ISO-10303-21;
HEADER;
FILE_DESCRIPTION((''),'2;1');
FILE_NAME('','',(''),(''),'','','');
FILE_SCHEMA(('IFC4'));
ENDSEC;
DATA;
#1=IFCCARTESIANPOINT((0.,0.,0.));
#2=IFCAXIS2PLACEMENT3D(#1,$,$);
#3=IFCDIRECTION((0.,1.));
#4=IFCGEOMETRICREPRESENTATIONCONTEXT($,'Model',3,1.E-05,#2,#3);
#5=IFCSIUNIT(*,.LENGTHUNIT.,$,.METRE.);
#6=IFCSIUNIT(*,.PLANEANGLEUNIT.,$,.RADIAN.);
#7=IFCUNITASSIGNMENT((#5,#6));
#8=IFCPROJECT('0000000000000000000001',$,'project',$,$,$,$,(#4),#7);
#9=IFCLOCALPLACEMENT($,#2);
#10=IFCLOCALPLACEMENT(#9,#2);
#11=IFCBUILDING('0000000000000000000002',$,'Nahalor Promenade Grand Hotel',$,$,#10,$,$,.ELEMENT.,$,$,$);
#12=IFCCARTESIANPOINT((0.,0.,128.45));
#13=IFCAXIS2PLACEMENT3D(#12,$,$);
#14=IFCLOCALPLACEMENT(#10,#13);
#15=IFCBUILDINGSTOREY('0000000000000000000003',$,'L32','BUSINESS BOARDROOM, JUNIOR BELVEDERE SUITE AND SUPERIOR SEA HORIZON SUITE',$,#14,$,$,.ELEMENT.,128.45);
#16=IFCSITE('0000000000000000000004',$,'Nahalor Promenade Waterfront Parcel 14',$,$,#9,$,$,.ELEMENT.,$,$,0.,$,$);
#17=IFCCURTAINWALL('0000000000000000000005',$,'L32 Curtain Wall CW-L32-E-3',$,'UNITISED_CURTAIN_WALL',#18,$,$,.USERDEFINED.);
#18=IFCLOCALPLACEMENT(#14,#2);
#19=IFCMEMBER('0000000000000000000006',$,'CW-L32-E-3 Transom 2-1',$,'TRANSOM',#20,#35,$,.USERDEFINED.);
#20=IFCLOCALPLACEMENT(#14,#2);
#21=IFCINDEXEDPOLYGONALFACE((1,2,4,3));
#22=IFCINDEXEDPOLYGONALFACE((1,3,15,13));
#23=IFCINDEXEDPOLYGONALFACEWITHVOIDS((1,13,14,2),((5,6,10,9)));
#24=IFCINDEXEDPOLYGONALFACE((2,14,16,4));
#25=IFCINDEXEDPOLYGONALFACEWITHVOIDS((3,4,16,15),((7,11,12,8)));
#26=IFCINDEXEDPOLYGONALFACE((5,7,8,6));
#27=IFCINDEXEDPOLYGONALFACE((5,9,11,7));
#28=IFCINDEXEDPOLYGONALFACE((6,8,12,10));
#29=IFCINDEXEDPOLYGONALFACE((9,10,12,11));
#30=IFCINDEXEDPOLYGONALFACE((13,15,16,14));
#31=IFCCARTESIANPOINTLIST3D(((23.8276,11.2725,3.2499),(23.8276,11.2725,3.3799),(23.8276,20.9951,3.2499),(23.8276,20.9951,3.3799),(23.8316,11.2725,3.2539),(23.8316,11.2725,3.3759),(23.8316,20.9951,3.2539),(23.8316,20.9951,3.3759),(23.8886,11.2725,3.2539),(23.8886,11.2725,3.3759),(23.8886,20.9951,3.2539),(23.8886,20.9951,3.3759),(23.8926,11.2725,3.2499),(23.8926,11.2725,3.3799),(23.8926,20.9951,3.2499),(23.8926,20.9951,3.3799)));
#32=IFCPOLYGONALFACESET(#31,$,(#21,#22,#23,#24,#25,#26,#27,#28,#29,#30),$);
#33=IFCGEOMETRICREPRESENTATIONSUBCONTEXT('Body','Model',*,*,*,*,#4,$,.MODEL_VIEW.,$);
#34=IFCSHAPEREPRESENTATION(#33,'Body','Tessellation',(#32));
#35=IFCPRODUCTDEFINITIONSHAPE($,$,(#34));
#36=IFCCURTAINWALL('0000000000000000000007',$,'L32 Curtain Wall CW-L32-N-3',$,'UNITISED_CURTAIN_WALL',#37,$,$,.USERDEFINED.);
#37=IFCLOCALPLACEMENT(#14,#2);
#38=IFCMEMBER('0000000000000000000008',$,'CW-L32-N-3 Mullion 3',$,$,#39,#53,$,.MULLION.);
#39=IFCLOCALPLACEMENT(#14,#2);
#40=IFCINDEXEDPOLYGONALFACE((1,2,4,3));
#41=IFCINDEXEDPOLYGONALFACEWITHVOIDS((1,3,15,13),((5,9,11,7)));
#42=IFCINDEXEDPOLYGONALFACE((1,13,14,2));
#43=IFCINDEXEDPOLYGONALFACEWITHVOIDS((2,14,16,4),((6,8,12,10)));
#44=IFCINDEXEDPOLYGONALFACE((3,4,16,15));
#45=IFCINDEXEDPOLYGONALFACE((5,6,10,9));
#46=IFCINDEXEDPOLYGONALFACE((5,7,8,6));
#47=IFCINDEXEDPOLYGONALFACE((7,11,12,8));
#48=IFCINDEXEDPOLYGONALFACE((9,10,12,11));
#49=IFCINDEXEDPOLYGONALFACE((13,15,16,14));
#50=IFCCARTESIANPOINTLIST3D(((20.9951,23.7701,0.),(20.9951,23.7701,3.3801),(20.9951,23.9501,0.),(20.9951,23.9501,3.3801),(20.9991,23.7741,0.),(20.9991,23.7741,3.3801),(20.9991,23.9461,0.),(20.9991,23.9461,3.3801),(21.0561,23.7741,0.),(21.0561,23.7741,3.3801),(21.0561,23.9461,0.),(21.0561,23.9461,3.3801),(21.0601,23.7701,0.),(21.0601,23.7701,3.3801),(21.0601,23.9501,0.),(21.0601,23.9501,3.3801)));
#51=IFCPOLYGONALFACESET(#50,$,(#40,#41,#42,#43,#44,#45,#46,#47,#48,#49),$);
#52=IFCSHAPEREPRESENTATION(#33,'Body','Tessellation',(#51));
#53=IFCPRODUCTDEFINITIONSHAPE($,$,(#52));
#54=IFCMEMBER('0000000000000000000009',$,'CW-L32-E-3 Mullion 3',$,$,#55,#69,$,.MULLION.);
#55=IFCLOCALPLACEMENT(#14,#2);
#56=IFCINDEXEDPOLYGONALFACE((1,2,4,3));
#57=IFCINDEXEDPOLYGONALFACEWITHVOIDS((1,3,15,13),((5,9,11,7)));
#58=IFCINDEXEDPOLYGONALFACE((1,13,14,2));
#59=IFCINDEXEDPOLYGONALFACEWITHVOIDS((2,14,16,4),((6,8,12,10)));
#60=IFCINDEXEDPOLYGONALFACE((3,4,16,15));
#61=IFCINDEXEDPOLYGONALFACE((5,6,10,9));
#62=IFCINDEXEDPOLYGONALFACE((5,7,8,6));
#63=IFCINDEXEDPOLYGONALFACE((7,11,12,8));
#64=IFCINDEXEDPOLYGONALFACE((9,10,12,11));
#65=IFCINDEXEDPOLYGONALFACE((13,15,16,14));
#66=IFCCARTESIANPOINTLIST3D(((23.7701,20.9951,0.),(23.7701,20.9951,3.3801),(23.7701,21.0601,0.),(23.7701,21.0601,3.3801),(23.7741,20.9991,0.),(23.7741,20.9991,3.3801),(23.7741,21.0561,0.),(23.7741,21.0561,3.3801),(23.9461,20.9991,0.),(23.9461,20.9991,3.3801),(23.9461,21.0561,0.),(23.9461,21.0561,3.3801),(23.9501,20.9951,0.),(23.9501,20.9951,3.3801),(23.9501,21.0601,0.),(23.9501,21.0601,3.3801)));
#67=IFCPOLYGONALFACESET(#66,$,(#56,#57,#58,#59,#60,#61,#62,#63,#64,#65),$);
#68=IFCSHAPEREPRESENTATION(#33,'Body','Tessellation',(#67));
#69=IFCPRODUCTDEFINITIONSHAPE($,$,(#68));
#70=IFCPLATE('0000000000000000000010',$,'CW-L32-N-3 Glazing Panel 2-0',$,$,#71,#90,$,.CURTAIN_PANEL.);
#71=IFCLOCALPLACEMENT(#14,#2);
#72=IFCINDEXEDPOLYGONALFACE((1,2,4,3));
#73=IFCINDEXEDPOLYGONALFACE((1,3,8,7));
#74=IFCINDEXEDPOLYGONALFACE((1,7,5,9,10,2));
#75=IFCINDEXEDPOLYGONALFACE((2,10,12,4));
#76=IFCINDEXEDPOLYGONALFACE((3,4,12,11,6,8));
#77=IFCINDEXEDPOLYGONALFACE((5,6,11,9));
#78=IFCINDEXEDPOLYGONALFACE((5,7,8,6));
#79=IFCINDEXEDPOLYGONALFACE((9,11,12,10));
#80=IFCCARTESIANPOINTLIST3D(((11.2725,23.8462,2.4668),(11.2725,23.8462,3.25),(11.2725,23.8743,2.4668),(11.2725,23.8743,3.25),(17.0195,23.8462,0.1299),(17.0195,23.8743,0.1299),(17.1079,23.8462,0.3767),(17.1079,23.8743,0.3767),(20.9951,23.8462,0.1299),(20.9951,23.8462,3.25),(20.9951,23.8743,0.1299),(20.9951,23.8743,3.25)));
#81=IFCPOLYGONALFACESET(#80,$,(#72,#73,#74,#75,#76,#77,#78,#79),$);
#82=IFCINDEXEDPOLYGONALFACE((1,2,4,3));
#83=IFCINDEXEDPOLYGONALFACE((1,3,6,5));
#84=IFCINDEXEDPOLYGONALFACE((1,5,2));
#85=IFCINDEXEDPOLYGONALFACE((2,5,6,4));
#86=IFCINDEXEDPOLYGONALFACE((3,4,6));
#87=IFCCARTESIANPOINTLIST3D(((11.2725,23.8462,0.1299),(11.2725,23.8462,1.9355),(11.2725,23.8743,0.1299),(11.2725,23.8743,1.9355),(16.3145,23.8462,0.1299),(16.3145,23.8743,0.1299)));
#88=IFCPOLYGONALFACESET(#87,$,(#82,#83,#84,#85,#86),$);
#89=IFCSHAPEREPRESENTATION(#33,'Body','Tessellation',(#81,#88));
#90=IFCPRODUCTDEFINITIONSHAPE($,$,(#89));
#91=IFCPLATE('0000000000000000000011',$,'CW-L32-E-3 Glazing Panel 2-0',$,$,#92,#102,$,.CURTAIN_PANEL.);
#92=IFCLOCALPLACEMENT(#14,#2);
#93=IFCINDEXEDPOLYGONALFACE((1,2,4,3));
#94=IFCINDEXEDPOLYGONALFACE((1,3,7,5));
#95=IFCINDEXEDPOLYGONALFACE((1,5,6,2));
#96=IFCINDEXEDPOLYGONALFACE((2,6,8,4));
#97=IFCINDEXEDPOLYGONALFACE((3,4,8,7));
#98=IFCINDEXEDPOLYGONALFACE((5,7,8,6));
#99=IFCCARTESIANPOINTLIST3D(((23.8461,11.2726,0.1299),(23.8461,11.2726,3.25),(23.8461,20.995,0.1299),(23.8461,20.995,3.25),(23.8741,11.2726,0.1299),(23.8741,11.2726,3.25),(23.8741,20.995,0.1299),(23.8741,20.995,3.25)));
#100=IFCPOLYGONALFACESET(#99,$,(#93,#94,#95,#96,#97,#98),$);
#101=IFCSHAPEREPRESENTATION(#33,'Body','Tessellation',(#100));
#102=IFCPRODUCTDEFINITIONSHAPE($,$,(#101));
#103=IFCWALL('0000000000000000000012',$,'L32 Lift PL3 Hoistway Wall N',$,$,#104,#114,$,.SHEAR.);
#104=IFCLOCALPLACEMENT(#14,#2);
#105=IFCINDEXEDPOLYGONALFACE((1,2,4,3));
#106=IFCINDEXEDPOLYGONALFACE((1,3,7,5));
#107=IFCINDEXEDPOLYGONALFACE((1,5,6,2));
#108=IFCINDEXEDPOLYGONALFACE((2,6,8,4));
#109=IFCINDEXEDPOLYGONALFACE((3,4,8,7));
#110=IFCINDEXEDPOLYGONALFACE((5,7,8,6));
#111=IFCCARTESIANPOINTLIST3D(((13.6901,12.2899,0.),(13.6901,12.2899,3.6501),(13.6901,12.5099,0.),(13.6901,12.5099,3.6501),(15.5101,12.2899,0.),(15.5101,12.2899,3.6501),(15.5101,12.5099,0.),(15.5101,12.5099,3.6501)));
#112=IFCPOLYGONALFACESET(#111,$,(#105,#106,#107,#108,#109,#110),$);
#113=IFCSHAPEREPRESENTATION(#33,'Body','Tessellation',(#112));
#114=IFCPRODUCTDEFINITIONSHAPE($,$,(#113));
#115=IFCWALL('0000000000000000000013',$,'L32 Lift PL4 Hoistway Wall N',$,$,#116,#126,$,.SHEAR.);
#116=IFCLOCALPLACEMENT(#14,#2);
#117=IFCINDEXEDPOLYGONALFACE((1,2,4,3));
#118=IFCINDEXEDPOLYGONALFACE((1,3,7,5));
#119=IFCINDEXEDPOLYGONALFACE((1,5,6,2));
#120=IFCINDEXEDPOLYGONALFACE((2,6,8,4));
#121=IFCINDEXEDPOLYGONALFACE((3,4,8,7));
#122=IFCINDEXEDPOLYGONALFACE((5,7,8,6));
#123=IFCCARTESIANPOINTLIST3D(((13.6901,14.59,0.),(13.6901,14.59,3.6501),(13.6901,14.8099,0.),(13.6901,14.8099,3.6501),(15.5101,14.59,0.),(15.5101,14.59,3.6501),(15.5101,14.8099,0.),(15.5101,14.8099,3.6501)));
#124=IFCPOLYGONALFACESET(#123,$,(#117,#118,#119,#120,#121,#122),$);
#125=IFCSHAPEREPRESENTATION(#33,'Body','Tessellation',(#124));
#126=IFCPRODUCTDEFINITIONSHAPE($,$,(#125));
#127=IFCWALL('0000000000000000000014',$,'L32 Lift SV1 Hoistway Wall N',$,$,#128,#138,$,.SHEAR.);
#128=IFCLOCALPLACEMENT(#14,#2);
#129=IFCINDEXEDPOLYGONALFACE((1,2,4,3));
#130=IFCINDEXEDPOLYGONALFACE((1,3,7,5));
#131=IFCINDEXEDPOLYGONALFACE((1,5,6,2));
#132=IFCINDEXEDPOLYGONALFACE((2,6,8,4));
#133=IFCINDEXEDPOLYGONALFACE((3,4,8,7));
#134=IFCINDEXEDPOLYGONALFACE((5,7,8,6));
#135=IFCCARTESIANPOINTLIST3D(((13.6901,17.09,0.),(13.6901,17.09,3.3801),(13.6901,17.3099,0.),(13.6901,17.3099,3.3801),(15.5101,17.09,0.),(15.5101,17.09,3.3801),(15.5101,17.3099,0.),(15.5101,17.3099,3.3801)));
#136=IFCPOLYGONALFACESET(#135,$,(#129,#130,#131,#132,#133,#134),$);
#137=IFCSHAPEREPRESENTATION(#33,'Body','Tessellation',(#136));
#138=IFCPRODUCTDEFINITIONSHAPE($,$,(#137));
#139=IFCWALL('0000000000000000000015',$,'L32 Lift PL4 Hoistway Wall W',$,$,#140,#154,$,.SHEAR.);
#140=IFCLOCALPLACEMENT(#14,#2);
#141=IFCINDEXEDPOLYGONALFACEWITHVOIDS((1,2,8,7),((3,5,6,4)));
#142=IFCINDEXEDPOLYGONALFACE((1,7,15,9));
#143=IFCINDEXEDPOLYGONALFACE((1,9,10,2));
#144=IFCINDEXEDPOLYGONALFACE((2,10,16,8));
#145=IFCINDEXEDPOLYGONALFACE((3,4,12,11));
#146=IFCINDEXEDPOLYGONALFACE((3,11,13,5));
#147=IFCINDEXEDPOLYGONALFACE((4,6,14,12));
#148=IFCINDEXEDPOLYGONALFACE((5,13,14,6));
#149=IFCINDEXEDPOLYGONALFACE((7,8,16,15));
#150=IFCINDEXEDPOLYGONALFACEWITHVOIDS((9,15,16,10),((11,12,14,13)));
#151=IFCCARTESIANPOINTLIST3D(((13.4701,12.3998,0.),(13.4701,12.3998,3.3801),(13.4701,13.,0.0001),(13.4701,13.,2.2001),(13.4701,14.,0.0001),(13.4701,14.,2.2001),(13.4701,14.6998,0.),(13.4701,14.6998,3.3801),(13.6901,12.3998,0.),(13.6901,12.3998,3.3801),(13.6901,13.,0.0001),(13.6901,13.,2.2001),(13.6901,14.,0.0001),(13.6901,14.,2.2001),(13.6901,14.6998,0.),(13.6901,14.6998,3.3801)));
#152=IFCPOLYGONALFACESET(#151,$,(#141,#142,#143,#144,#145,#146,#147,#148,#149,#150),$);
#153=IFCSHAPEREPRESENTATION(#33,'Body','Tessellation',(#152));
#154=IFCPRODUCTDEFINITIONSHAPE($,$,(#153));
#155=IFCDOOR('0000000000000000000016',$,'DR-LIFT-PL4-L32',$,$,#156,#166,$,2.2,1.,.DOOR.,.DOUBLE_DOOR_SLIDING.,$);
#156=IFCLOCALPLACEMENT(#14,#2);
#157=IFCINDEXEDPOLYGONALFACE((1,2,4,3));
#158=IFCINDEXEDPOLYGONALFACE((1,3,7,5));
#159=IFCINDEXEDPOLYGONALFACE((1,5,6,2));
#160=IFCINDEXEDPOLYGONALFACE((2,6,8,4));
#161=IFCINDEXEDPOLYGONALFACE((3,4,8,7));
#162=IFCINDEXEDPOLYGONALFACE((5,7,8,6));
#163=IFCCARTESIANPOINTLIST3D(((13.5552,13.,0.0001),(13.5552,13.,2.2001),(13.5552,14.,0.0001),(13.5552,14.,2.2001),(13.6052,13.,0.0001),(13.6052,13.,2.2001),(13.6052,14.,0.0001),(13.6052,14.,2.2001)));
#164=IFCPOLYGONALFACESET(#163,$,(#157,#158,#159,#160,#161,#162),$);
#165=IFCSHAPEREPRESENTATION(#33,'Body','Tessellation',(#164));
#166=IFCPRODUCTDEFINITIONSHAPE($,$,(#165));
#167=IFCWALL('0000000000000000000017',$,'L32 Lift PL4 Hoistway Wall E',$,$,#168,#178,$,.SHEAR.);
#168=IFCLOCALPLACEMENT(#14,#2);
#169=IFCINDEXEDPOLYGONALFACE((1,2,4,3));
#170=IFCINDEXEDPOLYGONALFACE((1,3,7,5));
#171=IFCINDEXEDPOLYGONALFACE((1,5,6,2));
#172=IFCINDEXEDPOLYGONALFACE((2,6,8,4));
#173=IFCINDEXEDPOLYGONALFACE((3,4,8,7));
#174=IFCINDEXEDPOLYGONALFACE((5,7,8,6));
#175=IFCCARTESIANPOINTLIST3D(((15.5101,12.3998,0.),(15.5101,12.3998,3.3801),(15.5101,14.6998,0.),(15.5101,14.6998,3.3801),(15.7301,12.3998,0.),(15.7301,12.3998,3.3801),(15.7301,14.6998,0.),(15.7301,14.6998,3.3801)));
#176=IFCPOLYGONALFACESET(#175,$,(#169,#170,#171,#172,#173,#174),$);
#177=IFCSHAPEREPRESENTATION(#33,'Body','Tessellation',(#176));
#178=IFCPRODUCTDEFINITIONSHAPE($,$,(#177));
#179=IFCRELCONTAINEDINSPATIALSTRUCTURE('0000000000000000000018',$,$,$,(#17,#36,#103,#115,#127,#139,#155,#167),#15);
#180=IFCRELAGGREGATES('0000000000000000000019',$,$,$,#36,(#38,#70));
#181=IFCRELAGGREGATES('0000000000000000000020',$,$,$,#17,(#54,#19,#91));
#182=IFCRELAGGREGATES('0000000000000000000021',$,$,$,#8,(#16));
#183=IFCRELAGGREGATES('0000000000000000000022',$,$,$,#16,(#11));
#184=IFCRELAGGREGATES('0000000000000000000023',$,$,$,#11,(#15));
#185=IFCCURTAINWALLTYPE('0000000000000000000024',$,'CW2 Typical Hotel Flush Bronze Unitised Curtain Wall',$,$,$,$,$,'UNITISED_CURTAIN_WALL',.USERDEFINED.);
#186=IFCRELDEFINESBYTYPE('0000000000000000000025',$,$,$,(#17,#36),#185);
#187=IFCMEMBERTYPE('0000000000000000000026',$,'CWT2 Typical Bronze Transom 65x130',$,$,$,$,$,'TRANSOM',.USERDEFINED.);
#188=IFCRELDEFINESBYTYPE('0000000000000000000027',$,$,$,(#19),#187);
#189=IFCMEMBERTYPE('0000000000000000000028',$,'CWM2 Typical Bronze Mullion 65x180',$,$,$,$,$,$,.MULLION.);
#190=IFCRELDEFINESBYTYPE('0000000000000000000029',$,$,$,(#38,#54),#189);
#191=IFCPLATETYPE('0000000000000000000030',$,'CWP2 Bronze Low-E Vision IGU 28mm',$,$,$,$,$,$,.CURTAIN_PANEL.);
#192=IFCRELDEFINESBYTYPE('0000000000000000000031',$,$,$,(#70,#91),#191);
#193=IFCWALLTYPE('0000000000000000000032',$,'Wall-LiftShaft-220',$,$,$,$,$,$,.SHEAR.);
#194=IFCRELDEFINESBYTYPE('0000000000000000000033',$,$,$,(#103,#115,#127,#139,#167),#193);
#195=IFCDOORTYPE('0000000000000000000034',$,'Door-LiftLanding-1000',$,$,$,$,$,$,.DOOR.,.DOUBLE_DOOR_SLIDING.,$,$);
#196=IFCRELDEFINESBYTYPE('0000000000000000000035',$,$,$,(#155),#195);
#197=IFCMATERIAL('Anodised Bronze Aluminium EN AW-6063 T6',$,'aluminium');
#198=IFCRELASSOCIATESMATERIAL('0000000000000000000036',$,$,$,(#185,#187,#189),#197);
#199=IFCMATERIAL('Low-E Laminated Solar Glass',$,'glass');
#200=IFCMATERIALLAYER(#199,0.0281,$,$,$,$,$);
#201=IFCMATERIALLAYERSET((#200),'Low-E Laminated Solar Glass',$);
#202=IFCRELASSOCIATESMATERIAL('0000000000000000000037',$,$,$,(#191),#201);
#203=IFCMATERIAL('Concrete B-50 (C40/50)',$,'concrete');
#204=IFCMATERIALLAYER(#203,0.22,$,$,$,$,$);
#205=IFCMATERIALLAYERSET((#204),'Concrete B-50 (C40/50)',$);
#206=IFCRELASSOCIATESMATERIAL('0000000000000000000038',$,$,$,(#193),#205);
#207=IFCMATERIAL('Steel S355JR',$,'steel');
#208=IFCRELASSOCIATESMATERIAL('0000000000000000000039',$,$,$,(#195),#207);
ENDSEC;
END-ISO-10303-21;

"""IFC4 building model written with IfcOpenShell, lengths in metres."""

from ifc_helpers import new_model, si_unit, direction, frame, frame_2d, origin, origin_2d, place, context, subcontext, project, spatial, polyline, rectangle, hollow_rectangle, outline, extrude, source, transform, mapped, material, layer, layer_set, material_profile, profile_set, type_object, element, fill, aggregate, save


model = new_model("IFC4")

# Units and contexts
model_context = context("Model", 3, precision=1e-05, world=origin(), true_north=direction((0.0, 1.0)))
body_context = subcontext(model_context, "Body", "Model", "MODEL_VIEW")
ifc_project = project(units=[si_unit("LENGTHUNIT", "METRE"), si_unit("PLANEANGLEUNIT", "RADIAN")], contexts=[model_context])

# Site, building, storey
site_placement = place(None, origin())
site = spatial("IfcSite", under=ifc_project, at=site_placement, Name="Nahalor Promenade Waterfront Parcel 14", CompositionType="ELEMENT", RefElevation=0.0)
building_placement = place(site_placement, origin())
building = spatial("IfcBuilding", under=site, at=building_placement, Name="Nahalor Promenade Grand Hotel", CompositionType="ELEMENT")
storey_placement = place(building_placement, frame((0.0, 0.0, 128.45)))
storey = spatial("IfcBuildingStorey", under=building, at=storey_placement, Name="L32", Description="BUSINESS BOARDROOM, JUNIOR BELVEDERE SUITE AND SUPERIOR SEA HORIZON SUITE", CompositionType="ELEMENT", Elevation=128.45)

# Shared definitions
ifc_material_1 = material(Name="Steel S355JR", Category="steel")

# Curtain walls, members
ifc_material_2 = material(Name="Anodised Bronze Aluminium EN AW-6063 T6", Category="aluminium")
curtain_wall_type = type_object("IfcCurtainWallType", Name="CW2 Typical Hotel Flush Bronze Unitised Curtain Wall", ElementType="UNITISED_CURTAIN_WALL", PredefinedType="USERDEFINED", material=ifc_material_2)
curtain_wall_1_placement = place(storey_placement, origin())
curtain_wall_1 = element("IfcCurtainWall", 1, at=curtain_wall_1_placement, inside=storey, type_object=curtain_wall_type, Name="L32 Curtain Wall CW-L32-E-3", ObjectType="UNITISED_CURTAIN_WALL", PredefinedType="USERDEFINED")
ifc_material_profile_1 = material_profile(ifc_material_2, hollow_rectangle(XDim=0.065, YDim=0.13, WallThickness=0.004, at=origin_2d()), Name="CWT 65x130x4")
ifc_profile_set_1 = profile_set([ifc_material_profile_1], Name="Anodised Bronze Aluminium EN AW-6063 T6")
member_type_1 = type_object("IfcMemberType", Name="CWT2 Typical Bronze Transom 65x130", ElementType="TRANSOM", PredefinedType="USERDEFINED", material=ifc_profile_set_1)
shared_shape_1 = source(origin(), body_context, "Body", "SweptSolid", [
    extrude(hollow_rectangle(XDim=0.065, YDim=0.13, WallThickness=0.004, at=origin_2d()), origin(), (0.0, 0.0, 1.0), 9.7227),
])
member_1_placement = place(storey_placement, frame((23.8601, 11.2725, 3.3149), z_axis=(0.0, 1.0, 0.0), x_axis=(-1.0, 0.0, 0.0)))
member_1 = element("IfcMember", 2, at=member_1_placement, type_object=member_type_1, Name="CW-L32-E-3 Transom 2-1", ObjectType="TRANSOM", PredefinedType="USERDEFINED", context=body_context, shape_type="MappedRepresentation", body=[
    mapped(shared_shape_1, transform((0.0, 0.0, 0.0), scale=1.0)),
])
curtain_wall_2_placement = place(storey_placement, origin())
curtain_wall_2 = element("IfcCurtainWall", 3, at=curtain_wall_2_placement, inside=storey, type_object=curtain_wall_type, Name="L32 Curtain Wall CW-L32-N-3", ObjectType="UNITISED_CURTAIN_WALL", PredefinedType="USERDEFINED")
ifc_material_profile_2 = material_profile(ifc_material_2, hollow_rectangle(XDim=0.065, YDim=0.18, WallThickness=0.004, at=origin_2d()), Name="CWM 65x180x4")
ifc_profile_set_2 = profile_set([ifc_material_profile_2], Name="Anodised Bronze Aluminium EN AW-6063 T6")
member_type_2 = type_object("IfcMemberType", Name="CWM2 Typical Bronze Mullion 65x180", PredefinedType="MULLION", material=ifc_profile_set_2)
shared_shape_2 = source(origin(), body_context, "Body", "SweptSolid", [
    extrude(hollow_rectangle(XDim=0.065, YDim=0.18, WallThickness=0.004, at=origin_2d()), origin(), (0.0, 0.0, 1.0), 3.3801),
])
member_2_placement = place(storey_placement, frame((21.0276, 23.8601, 0.0), z_axis=(0.0, 0.0, 1.0), x_axis=(1.0, 0.0, 0.0)))
member_2 = element("IfcMember", 4, at=member_2_placement, type_object=member_type_2, Name="CW-L32-N-3 Mullion 3", PredefinedType="MULLION", context=body_context, shape_type="MappedRepresentation", body=[
    mapped(shared_shape_2, transform((0.0, 0.0, 0.0), scale=1.0)),
])

# Member
member_3_placement = place(storey_placement, frame((23.8601, 21.0276, 0.0), z_axis=(0.0, 0.0, 1.0), x_axis=(0.0, 1.0, 0.0)))
member_3 = element("IfcMember", 5, at=member_3_placement, type_object=member_type_2, Name="CW-L32-E-3 Mullion 3", PredefinedType="MULLION", context=body_context, shape_type="MappedRepresentation", body=[
    mapped(shared_shape_2, transform((0.0, 0.0, 0.0), scale=1.0)),
])

# Plates
ifc_material_3 = material(Name="Low-E Laminated Solar Glass", Category="glass")
ifc_layer_1 = layer(ifc_material_3, 0.0281)
ifc_layer_set_1 = layer_set([ifc_layer_1], Name="Low-E Laminated Solar Glass")
plate_type = type_object("IfcPlateType", Name="CWP2 Bronze Low-E Vision IGU 28mm", PredefinedType="CURTAIN_PANEL", material=ifc_layer_set_1)
plate_1_placement = place(storey_placement, frame((16.1338, 23.8601, 0.1299), z_axis=(0.0, 0.0, 1.0), x_axis=(1.0, 0.0, 0.0)))
plate_1 = element("IfcPlate", 6, at=plate_1_placement, type_object=plate_type, Name="CW-L32-N-3 Glazing Panel 2-0", PredefinedType="CURTAIN_PANEL", context=body_context, shape_type="SweptSolid", body=[
    extrude(outline(polyline([(4.8613, 3.1201), (-4.8613, 3.1201), (-4.8613, 2.3369), (0.9741, 0.2468), (0.8857, 0.0), (4.8613, 0.0), (4.8613, 3.1201)])), frame((0.0, 0.0142, 0.0), z_axis=(0.0, -1.0, 0.0), x_axis=(1.0, 0.0, 0.0)), (0.0, 0.0, 1.0), 0.0281),
    extrude(outline(polyline([(-4.8613, 1.8057), (-4.8613, 0.0), (0.1807, 0.0), (-4.8613, 1.8057)])), frame((0.0, 0.0142, 0.0), z_axis=(0.0, -1.0, 0.0), x_axis=(1.0, 0.0, 0.0)), (0.0, 0.0, 1.0), 0.0281),
])
aggregate(curtain_wall_2, [member_2, plate_1])
shared_shape_3 = source(origin(), body_context, "Body", "SweptSolid", [
    extrude(rectangle(XDim=9.7224, YDim=0.0281, at=origin_2d()), origin(), (0.0, 0.0, 1.0), 3.1201),
])
plate_2_placement = place(storey_placement, frame((23.8601, 16.1338, 0.1299), z_axis=(0.0, 0.0, 1.0), x_axis=(0.0, 1.0, 0.0)))
plate_2 = element("IfcPlate", 7, at=plate_2_placement, type_object=plate_type, Name="CW-L32-E-3 Glazing Panel 2-0", PredefinedType="CURTAIN_PANEL", context=body_context, shape_type="MappedRepresentation", body=[
    mapped(shared_shape_3, transform((0.0, 0.0, 0.0), scale=1.0)),
])
aggregate(curtain_wall_1, [member_3, member_1, plate_2])

# Walls
ifc_material_4 = material(Name="Concrete B-50 (C40/50)", Category="concrete")
ifc_layer_2 = layer(ifc_material_4, 0.22)
ifc_layer_set_2 = layer_set([ifc_layer_2], Name="Concrete B-50 (C40/50)")
wall_type_1 = type_object("IfcWallType", Name="Wall-LiftShaft-220", PredefinedType="SHEAR", material=ifc_layer_set_2)
shared_shape_4 = source(origin(), body_context, "Body", "SweptSolid", [
    extrude(rectangle(XDim=1.8201, YDim=0.22, at=frame_2d((0.9102, 0.0))), origin(), (0.0, 0.0, 1.0), 3.6501),
])
for number, where, z_axis, x_axis, name in (
    (8, (13.6899, 12.3999, 0.0), (0.0, 0.0, 1.0), (1.0, 0.0, 0.0), "L32 Lift PL3 Hoistway Wall N"),
    (9, (13.6899, 14.7, 0.0), (0.0, 0.0, 1.0), (1.0, 0.0, 0.0), "L32 Lift PL4 Hoistway Wall N"),
):
    element("IfcWall", number, at=place(storey_placement, frame(where, z_axis=z_axis, x_axis=x_axis)), inside=storey, type_object=wall_type_1, Name=name, PredefinedType="SHEAR", context=body_context, shape_type="MappedRepresentation", body=[
        mapped(shared_shape_4, transform((0.0, 0.0, 0.0), scale=1.0)),
    ])
shared_shape_5 = source(origin(), body_context, "Body", "SweptSolid", [
    extrude(rectangle(XDim=1.8201, YDim=0.22, at=frame_2d((0.9102, 0.0))), origin(), (0.0, 0.0, 1.0), 3.3801),
])
wall_1_placement = place(storey_placement, frame((13.6899, 17.2, 0.0), z_axis=(0.0, 0.0, 1.0), x_axis=(1.0, 0.0, 0.0)))
element("IfcWall", 10, at=wall_1_placement, inside=storey, type_object=wall_type_1, Name="L32 Lift SV1 Hoistway Wall N", PredefinedType="SHEAR", context=body_context, shape_type="MappedRepresentation", body=[
    mapped(shared_shape_5, transform((0.0, 0.0, 0.0), scale=1.0)),
])

# Wall, opening, door
shared_shape_6 = source(origin(), body_context, "Body", "SweptSolid", [
    extrude(rectangle(XDim=2.3, YDim=0.22, at=frame_2d((1.1499, 0.0))), origin(), (0.0, 0.0, 1.0), 3.3801),
])
wall_2_placement = place(storey_placement, frame((13.5801, 12.3999, 0.0), z_axis=(0.0, 0.0, 1.0), x_axis=(0.0, 1.0, 0.0)))
wall_2 = element("IfcWall", 11, at=wall_2_placement, inside=storey, type_object=wall_type_1, Name="L32 Lift PL4 Hoistway Wall W", PredefinedType="SHEAR", context=body_context, shape_type="MappedRepresentation", body=[
    mapped(shared_shape_6, transform((0.0, 0.0, 0.0), scale=1.0)),
])
opening_1_placement = place(wall_2_placement, frame((0.6001, 0.0, 0.0)))
opening_1 = element("IfcOpeningElement", 12, at=opening_1_placement, cuts=wall_2, PredefinedType="OPENING", context=body_context, shape_type="SweptSolid", body=[
    extrude(rectangle(XDim=1.0, YDim=2.2, at=frame_2d((0.5, 1.1001))), frame((0.0, 0.1199, 0.0), z_axis=(0.0, -1.0, 0.0), x_axis=(1.0, 0.0, 0.0)), (0.0, 0.0, 1.0), 0.24),
])
door_type_1 = type_object("IfcDoorType", Name="Door-LiftLanding-1000", OperationType="DOUBLE_DOOR_SLIDING", PredefinedType="DOOR", material=ifc_material_1)
shared_shape_7 = source(origin(), body_context, "Body", "SweptSolid", [
    extrude(rectangle(XDim=1.0, YDim=2.2, at=frame_2d((0.5, 1.1001))), frame((0.0, 0.0249, 0.0), z_axis=(0.0, -1.0, 0.0), x_axis=(1.0, 0.0, 0.0)), (0.0, 0.0, 1.0), 0.05),
])
door_1_placement = place(opening_1_placement, origin())
door_1 = element("IfcDoor", 13, at=door_1_placement, inside=storey, type_object=door_type_1, Name="DR-LIFT-PL4-L32", OperationType="DOUBLE_DOOR_SLIDING", OverallHeight=2.2, OverallWidth=1.0, PredefinedType="DOOR", context=body_context, shape_type="MappedRepresentation", body=[
    mapped(shared_shape_7, transform((0.0, 0.0, 0.0), scale=1.0)),
])
fill(opening_1, door_1)

# Wall
wall_3_placement = place(storey_placement, frame((15.6201, 12.3999, 0.0), z_axis=(0.0, 0.0, 1.0), x_axis=(0.0, 1.0, 0.0)))
element("IfcWall", 14, at=wall_3_placement, inside=storey, type_object=wall_type_1, Name="L32 Lift PL4 Hoistway Wall E", PredefinedType="SHEAR", context=body_context, shape_type="MappedRepresentation", body=[
    mapped(shared_shape_6, transform((0.0, 0.0, 0.0), scale=1.0)),
])

save(model, "model.ifc")
